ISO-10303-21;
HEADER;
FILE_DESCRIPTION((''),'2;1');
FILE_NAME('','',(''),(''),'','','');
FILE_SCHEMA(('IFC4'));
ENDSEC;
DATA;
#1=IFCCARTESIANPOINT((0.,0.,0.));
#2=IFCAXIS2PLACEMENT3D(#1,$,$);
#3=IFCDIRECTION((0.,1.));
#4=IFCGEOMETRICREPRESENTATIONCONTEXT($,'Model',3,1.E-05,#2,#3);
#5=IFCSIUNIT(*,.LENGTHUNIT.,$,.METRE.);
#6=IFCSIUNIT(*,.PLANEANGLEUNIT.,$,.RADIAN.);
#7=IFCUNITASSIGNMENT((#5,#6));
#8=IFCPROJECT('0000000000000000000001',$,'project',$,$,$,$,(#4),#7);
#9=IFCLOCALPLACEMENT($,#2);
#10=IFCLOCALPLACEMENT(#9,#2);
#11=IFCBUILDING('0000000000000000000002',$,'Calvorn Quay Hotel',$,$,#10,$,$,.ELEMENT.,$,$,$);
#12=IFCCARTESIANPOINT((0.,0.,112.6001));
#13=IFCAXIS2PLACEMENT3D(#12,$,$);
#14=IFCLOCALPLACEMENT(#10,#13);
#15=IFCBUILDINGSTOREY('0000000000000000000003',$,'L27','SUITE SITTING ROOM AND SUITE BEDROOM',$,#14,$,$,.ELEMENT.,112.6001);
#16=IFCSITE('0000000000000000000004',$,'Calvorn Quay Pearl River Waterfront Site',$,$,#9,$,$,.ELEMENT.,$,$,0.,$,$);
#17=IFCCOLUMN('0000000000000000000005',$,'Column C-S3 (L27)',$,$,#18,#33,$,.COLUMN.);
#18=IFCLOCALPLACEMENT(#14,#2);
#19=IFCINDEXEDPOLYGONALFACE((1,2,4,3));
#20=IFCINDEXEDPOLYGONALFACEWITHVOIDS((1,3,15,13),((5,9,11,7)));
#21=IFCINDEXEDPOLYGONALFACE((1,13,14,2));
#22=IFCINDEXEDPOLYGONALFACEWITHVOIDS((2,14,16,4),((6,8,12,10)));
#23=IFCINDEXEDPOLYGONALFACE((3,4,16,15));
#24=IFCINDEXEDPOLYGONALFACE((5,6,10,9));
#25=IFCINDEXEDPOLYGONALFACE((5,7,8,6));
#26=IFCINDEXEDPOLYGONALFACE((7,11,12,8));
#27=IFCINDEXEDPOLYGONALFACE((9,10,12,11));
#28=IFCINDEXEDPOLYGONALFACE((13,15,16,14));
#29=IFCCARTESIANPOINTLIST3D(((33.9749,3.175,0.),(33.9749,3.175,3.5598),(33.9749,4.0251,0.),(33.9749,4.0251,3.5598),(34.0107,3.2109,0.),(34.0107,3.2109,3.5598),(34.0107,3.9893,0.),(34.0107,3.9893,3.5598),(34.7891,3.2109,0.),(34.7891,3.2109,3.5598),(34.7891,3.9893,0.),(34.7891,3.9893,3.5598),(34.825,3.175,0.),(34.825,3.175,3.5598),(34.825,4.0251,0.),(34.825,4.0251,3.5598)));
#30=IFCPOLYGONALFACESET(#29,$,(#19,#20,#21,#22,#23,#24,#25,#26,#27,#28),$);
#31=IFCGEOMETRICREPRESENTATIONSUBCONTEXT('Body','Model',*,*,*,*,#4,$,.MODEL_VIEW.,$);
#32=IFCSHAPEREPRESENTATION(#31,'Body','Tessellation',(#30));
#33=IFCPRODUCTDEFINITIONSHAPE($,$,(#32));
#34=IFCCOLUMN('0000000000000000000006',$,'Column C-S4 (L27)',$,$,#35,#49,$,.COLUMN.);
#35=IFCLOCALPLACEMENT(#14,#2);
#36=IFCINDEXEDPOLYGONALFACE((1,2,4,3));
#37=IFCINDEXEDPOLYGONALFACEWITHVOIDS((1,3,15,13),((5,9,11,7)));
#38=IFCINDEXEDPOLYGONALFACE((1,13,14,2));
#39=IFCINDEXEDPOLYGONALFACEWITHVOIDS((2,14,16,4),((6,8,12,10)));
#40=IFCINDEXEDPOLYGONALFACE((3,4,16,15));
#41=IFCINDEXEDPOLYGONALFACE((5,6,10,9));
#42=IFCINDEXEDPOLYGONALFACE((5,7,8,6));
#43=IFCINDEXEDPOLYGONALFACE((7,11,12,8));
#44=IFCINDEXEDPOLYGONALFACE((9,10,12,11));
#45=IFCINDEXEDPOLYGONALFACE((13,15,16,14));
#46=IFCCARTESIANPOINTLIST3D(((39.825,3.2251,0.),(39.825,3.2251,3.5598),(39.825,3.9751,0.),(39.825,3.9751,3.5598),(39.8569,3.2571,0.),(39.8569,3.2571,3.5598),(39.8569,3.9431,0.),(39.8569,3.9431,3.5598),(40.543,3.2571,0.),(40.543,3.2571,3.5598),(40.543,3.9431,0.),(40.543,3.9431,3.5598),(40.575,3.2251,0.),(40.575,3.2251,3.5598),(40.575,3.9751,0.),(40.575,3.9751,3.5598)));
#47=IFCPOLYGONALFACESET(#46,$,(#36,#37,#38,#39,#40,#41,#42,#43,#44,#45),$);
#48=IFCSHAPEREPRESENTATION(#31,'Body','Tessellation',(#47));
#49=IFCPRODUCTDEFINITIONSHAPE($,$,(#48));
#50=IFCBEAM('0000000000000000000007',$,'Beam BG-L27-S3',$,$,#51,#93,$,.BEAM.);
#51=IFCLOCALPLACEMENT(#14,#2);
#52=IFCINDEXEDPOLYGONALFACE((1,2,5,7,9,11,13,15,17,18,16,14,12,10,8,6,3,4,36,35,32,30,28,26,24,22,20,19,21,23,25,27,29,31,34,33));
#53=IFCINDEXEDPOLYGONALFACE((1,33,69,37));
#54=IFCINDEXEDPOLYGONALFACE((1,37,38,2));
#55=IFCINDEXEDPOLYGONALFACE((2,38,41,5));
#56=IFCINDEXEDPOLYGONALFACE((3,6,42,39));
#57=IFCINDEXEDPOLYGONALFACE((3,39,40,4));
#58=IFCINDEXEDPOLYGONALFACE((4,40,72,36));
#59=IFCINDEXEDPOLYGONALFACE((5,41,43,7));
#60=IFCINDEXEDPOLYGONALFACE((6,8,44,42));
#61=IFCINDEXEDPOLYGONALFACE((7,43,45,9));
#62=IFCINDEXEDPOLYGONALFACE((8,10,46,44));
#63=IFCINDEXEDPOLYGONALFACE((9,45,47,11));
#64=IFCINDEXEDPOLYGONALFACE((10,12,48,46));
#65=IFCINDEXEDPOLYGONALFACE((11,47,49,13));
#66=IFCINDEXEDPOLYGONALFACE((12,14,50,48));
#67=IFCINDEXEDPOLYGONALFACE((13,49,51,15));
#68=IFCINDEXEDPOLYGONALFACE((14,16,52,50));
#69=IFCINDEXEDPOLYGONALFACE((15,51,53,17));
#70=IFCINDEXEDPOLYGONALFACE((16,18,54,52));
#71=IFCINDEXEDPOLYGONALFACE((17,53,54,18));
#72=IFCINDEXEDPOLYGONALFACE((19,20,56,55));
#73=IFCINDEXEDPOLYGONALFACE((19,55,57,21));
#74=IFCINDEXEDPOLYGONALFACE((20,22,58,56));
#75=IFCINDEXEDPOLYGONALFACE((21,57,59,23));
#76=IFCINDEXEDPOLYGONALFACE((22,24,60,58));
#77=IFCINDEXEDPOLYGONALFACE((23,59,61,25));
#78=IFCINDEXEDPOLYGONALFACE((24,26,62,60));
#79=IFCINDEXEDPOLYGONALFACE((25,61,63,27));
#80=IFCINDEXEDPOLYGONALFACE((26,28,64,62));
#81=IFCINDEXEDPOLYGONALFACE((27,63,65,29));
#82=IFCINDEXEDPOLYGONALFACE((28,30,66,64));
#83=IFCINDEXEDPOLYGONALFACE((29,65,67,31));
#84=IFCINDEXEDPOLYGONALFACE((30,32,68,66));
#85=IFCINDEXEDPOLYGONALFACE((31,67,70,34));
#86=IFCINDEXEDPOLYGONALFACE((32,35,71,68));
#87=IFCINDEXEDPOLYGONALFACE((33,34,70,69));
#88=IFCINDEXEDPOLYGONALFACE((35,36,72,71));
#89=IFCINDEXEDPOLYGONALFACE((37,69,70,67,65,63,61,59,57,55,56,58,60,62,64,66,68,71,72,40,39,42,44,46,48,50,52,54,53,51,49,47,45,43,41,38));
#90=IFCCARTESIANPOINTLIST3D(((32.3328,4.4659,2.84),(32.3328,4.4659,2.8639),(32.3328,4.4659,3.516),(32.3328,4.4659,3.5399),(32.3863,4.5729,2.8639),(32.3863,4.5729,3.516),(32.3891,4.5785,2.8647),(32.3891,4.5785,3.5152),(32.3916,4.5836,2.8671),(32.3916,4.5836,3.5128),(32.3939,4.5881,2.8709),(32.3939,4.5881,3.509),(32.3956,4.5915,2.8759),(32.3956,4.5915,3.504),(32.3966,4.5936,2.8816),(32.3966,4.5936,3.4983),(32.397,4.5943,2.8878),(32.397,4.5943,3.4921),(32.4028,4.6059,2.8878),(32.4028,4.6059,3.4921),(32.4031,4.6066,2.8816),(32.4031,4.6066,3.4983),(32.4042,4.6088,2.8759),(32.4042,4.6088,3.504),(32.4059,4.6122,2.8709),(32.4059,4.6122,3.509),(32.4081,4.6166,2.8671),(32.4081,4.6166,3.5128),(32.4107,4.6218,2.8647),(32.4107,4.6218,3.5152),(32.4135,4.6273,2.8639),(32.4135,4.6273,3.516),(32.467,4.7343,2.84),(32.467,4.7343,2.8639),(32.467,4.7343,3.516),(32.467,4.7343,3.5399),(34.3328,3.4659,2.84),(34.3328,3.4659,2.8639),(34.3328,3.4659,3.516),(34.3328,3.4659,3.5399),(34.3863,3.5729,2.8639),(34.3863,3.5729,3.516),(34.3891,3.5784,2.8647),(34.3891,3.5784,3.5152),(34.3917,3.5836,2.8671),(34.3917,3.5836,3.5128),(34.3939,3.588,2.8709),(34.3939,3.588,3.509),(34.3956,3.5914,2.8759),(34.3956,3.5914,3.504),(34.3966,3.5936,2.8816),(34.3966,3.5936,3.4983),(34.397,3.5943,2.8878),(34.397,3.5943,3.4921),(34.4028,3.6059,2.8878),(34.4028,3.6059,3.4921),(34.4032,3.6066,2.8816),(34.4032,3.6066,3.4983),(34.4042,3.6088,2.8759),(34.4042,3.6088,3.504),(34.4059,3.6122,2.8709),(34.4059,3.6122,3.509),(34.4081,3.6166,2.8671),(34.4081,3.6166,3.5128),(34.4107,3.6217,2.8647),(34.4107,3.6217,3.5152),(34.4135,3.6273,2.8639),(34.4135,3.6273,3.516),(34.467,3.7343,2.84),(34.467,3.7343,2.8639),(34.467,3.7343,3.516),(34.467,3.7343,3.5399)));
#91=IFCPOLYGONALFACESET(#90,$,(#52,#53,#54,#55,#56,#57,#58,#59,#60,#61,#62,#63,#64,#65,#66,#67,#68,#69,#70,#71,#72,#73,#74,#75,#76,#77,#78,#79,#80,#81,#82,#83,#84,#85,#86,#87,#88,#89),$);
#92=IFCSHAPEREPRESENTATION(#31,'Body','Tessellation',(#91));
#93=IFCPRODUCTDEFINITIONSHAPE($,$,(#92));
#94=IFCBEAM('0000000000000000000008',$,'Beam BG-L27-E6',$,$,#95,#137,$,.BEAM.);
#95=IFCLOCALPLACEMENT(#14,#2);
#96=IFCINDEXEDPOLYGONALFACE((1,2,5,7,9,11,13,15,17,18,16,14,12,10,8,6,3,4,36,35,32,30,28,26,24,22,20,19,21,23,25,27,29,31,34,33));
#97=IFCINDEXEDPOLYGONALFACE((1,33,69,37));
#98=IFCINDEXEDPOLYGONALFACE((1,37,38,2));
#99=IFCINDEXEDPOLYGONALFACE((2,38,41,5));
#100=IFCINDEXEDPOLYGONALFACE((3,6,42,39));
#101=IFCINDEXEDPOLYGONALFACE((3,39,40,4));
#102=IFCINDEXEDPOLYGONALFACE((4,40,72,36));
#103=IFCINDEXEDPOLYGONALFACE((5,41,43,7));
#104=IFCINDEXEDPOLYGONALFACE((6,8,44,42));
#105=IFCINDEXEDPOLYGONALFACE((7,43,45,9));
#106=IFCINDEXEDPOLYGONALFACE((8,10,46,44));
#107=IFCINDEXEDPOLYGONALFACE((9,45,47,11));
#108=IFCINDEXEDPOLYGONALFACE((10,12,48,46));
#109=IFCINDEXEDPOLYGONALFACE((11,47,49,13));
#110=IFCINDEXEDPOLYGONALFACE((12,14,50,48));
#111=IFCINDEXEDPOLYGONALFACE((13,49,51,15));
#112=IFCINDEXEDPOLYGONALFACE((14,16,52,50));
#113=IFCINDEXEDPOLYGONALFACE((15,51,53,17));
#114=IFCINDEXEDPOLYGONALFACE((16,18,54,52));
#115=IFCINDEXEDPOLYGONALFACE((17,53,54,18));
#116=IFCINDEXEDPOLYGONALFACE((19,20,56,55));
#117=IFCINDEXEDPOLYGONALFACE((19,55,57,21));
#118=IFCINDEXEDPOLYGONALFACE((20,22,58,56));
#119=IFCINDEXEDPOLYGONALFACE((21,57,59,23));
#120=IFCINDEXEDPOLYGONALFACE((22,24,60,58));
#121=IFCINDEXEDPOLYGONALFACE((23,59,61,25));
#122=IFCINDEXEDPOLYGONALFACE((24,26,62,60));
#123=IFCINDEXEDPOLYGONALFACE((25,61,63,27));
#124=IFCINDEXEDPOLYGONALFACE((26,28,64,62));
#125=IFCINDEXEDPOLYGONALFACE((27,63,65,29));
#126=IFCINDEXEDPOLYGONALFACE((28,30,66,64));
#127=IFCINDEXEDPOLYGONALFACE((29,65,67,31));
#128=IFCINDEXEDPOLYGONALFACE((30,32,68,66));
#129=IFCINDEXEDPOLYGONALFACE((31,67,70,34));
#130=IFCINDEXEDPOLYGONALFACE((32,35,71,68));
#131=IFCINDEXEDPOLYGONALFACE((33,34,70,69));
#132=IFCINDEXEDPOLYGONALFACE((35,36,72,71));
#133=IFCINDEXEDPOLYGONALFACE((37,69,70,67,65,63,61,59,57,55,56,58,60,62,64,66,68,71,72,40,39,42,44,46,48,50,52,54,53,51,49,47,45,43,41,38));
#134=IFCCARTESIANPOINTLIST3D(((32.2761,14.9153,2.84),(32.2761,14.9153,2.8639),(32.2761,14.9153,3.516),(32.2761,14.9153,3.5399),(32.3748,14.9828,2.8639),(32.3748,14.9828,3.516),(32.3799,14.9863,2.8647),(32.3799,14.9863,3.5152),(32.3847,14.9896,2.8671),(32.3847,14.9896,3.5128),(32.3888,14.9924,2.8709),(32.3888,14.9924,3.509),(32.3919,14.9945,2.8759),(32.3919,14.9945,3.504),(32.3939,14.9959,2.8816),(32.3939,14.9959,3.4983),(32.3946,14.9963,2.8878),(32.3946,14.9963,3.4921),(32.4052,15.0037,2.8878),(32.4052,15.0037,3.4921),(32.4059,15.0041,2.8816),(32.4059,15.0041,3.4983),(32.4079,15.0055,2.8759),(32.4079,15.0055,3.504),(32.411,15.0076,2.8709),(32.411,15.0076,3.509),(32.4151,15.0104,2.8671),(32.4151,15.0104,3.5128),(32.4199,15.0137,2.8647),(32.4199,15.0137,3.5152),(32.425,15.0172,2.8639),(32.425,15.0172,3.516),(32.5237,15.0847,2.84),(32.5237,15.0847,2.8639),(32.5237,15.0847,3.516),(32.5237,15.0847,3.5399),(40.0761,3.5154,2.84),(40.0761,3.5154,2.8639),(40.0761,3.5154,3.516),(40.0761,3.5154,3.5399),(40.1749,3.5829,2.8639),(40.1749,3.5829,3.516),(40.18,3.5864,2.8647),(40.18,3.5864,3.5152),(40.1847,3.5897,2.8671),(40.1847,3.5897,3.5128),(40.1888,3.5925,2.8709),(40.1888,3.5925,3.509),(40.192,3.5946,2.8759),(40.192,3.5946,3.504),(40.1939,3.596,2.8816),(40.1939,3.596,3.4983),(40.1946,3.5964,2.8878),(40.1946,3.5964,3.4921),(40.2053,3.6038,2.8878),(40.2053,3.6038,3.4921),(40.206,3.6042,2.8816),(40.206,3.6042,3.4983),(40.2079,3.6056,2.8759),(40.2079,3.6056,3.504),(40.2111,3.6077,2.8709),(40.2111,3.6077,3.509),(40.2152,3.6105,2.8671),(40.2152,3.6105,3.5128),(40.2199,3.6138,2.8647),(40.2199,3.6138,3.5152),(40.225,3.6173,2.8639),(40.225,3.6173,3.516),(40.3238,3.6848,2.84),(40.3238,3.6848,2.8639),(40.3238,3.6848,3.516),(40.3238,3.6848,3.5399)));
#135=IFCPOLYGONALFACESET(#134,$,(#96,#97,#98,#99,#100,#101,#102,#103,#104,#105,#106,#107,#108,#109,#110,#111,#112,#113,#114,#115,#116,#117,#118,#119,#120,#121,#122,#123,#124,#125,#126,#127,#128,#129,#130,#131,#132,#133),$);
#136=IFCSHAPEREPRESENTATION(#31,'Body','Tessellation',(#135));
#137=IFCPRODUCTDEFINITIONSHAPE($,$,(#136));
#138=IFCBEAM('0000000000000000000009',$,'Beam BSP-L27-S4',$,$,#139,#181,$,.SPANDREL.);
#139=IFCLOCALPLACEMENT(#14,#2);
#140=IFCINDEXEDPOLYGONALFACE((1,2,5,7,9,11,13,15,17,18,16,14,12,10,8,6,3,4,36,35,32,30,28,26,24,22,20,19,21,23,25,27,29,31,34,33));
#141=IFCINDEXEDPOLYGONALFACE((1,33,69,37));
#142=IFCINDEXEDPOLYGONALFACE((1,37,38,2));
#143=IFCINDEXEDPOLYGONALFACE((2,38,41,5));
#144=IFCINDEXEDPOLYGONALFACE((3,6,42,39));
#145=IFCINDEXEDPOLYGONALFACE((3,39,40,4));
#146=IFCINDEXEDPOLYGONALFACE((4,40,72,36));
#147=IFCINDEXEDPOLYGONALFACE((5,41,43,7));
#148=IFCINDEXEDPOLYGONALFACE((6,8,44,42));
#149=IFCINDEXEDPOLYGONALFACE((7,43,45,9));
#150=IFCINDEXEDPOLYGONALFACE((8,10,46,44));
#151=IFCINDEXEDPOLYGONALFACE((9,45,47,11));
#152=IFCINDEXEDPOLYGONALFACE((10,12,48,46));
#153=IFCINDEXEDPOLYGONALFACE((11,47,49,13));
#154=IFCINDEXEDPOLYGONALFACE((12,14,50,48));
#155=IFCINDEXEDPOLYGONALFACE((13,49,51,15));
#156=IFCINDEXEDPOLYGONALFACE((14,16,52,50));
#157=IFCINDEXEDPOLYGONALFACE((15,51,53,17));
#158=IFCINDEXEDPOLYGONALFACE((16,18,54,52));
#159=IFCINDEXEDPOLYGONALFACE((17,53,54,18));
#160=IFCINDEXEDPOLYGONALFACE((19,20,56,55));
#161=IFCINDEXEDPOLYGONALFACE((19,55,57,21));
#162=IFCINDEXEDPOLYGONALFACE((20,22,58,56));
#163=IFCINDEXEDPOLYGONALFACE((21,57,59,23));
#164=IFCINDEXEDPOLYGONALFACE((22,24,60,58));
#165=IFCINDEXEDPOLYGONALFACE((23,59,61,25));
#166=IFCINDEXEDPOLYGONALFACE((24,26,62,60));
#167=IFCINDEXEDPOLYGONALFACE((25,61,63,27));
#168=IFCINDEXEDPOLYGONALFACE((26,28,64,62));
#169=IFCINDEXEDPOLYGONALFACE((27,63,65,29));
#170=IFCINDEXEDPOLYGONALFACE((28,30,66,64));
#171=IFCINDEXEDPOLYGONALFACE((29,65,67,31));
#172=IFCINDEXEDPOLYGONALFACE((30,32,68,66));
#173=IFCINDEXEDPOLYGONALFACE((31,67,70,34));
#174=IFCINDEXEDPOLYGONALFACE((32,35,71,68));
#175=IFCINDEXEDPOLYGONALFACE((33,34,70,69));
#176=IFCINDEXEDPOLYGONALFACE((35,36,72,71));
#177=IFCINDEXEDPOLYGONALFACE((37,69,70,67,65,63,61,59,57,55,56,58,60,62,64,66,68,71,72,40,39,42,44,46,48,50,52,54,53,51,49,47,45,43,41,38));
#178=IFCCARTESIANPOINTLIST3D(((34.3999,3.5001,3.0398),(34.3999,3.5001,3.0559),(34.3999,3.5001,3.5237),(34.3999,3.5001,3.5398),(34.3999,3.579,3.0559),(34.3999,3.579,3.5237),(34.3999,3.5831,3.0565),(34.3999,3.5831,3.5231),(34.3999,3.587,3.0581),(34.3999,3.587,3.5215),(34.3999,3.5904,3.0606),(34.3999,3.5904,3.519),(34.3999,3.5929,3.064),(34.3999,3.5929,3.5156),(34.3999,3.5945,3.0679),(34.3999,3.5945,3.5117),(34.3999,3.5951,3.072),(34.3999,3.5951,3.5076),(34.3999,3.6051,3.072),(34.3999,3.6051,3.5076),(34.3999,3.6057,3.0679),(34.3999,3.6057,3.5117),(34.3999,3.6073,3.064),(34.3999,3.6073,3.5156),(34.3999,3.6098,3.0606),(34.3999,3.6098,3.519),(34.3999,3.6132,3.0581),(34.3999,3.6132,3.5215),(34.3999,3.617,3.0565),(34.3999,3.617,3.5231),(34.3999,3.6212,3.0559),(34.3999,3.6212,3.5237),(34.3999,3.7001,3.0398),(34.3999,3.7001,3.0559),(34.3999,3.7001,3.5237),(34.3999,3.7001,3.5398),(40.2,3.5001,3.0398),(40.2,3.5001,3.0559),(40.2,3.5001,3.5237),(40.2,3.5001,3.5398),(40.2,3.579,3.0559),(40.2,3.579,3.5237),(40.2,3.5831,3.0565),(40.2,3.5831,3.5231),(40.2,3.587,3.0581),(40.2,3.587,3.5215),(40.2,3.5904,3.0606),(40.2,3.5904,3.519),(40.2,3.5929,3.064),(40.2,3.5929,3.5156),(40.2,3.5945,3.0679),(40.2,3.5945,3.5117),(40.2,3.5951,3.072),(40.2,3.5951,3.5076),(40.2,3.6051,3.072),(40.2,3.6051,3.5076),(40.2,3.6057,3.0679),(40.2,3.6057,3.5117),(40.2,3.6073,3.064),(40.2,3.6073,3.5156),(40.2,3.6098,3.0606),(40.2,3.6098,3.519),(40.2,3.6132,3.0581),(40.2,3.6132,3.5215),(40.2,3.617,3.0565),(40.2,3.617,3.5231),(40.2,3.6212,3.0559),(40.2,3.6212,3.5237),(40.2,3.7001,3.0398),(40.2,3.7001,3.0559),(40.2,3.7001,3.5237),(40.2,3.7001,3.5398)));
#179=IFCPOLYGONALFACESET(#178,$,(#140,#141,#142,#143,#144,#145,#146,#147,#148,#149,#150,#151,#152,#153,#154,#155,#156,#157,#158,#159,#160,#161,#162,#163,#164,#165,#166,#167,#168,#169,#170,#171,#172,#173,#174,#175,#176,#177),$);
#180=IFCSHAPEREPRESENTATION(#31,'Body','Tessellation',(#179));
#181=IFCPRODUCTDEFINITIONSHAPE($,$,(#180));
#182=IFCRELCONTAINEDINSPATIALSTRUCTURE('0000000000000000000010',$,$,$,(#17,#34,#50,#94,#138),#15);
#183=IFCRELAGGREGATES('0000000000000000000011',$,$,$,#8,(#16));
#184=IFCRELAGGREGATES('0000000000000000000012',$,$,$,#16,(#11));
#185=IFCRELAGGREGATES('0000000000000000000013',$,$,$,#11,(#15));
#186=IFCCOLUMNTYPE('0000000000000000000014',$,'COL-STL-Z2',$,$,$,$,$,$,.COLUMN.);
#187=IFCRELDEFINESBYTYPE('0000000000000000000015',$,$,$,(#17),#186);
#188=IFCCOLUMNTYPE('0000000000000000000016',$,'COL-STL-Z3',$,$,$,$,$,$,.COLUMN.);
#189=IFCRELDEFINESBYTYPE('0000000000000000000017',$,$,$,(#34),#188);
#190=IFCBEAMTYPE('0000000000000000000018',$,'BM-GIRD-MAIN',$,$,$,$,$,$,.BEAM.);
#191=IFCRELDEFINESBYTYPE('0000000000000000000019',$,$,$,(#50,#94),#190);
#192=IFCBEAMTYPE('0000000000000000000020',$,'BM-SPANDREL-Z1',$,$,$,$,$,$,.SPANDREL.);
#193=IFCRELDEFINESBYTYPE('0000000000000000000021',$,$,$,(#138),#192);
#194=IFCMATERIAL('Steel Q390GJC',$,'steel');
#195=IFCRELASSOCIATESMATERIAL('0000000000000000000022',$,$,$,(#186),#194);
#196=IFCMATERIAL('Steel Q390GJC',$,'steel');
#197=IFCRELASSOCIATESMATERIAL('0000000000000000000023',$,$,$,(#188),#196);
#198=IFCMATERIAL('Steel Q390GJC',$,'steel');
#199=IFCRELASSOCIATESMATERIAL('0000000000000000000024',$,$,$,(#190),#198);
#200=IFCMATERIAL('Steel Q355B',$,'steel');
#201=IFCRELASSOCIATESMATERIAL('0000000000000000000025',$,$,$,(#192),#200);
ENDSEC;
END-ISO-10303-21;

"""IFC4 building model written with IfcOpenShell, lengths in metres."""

from ifc_helpers import new_model, si_unit, direction, frame, origin, origin_2d, place, context, subcontext, project, spatial, hollow_rectangle, i_section, extrude, material, material_profile, profile_set, type_object, element, save


model = new_model("IFC4")

# Units and contexts
model_context = context("Model", 3, precision=1e-05, world=origin(), true_north=direction((0.0, 1.0)))
body_context = subcontext(model_context, "Body", "Model", "MODEL_VIEW")
ifc_project = project(units=[si_unit("LENGTHUNIT", "METRE"), si_unit("PLANEANGLEUNIT", "RADIAN")], contexts=[model_context])

# Site, building, storey
site_placement = place(None, origin())
site = spatial("IfcSite", under=ifc_project, at=site_placement, Name="Calvorn Quay Pearl River Waterfront Site", CompositionType="ELEMENT", RefElevation=0.0)
building_placement = place(site_placement, origin())
building = spatial("IfcBuilding", under=site, at=building_placement, Name="Calvorn Quay Hotel", CompositionType="ELEMENT")
storey_placement = place(building_placement, frame((0.0, 0.0, 112.6001)))
storey = spatial("IfcBuildingStorey", under=building, at=storey_placement, Name="L27", Description="SUITE SITTING ROOM AND SUITE BEDROOM", CompositionType="ELEMENT", Elevation=112.6001)

# Columns
ifc_material_1 = material(Name="Steel Q390GJC", Category="steel")
ifc_material_profile_1 = material_profile(ifc_material_1, hollow_rectangle(XDim=0.8501, YDim=0.8501, WallThickness=0.0359, at=origin_2d()), Name="BOX850x850x36")
ifc_profile_set_1 = profile_set([ifc_material_profile_1], Name="Steel Q390GJC")
column_type_1 = type_object("IfcColumnType", Name="COL-STL-Z2", PredefinedType="COLUMN", material=ifc_profile_set_1)
column_1_placement = place(storey_placement, frame((34.3999, 3.6001, 0.0), z_axis=(0.0, 0.0, 1.0), x_axis=(1.0, 0.0, 0.0)))
element("IfcColumn", 1, at=column_1_placement, inside=storey, type_object=column_type_1, Name="Column C-S3 (L27)", PredefinedType="COLUMN", context=body_context, shape_type="SweptSolid", body=[
    extrude(hollow_rectangle(XDim=0.8501, YDim=0.8501, WallThickness=0.0359, at=origin_2d()), origin(), (0.0, 0.0, 1.0), 3.5598),
])
ifc_material_2 = material(Name="Steel Q390GJC", Category="steel")
ifc_material_profile_2 = material_profile(ifc_material_2, hollow_rectangle(XDim=0.75, YDim=0.75, WallThickness=0.032, at=origin_2d()), Name="BOX750x750x32")
ifc_profile_set_2 = profile_set([ifc_material_profile_2], Name="Steel Q390GJC")
column_type_2 = type_object("IfcColumnType", Name="COL-STL-Z3", PredefinedType="COLUMN", material=ifc_profile_set_2)
column_2_placement = place(storey_placement, frame((40.2, 3.6001, 0.0), z_axis=(0.0, 0.0, 1.0), x_axis=(1.0, 0.0, 0.0)))
element("IfcColumn", 2, at=column_2_placement, inside=storey, type_object=column_type_2, Name="Column C-S4 (L27)", PredefinedType="COLUMN", context=body_context, shape_type="SweptSolid", body=[
    extrude(hollow_rectangle(XDim=0.75, YDim=0.75, WallThickness=0.032, at=origin_2d()), origin(), (0.0, 0.0, 1.0), 3.5598),
])

# Beams
ifc_material_3 = material(Name="Steel Q390GJC", Category="steel")
ifc_material_profile_3 = material_profile(ifc_material_3, i_section(OverallWidth=0.3, OverallDepth=0.7, WebThickness=0.0129, FlangeThickness=0.0239, FilletRadius=0.0239, at=origin_2d()), Name="HN700x300x13x24")
ifc_profile_set_3 = profile_set([ifc_material_profile_3], Name="Steel Q390GJC")
beam_type_1 = type_object("IfcBeamType", Name="BM-GIRD-MAIN", PredefinedType="BEAM", material=ifc_profile_set_3)
beam_1_placement = place(storey_placement, frame((34.3999, 3.6001, 3.1899), z_axis=(-0.894427, 0.447214, 0.0), x_axis=(-0.447214, -0.894427, 0.0)))
element("IfcBeam", 3, at=beam_1_placement, inside=storey, type_object=beam_type_1, Name="Beam BG-L27-S3", PredefinedType="BEAM", context=body_context, shape_type="SweptSolid", body=[
    extrude(i_section(OverallWidth=0.3, OverallDepth=0.7, WebThickness=0.0129, FlangeThickness=0.0239, FilletRadius=0.0239, at=origin_2d()), origin(), (0.0, 0.0, 1.0), 2.2361),
])
beam_2_placement = place(storey_placement, frame((40.2, 3.6001, 3.1899), z_axis=(-0.56469, 0.825303, 0.0), x_axis=(-0.825303, -0.56469, 0.0)))
element("IfcBeam", 4, at=beam_2_placement, inside=storey, type_object=beam_type_1, Name="Beam BG-L27-E6", PredefinedType="BEAM", context=body_context, shape_type="SweptSolid", body=[
    extrude(i_section(OverallWidth=0.3, OverallDepth=0.7, WebThickness=0.0129, FlangeThickness=0.0239, FilletRadius=0.0239, at=origin_2d()), origin(), (0.0, 0.0, 1.0), 13.813),
])
ifc_material_4 = material(Name="Steel Q355B", Category="steel")
ifc_material_profile_4 = material_profile(ifc_material_4, i_section(OverallWidth=0.2, OverallDepth=0.5, WebThickness=0.01, FlangeThickness=0.0161, FilletRadius=0.0161, at=origin_2d()), Name="HN500x200x10x16")
ifc_profile_set_4 = profile_set([ifc_material_profile_4], Name="Steel Q355B")
beam_type_2 = type_object("IfcBeamType", Name="BM-SPANDREL-Z1", PredefinedType="SPANDREL", material=ifc_profile_set_4)
beam_3_placement = place(storey_placement, frame((34.3999, 3.6001, 3.2898), z_axis=(1.0, 0.0, 0.0), x_axis=(0.0, 1.0, 0.0)))
element("IfcBeam", 5, at=beam_3_placement, inside=storey, type_object=beam_type_2, Name="Beam BSP-L27-S4", PredefinedType="SPANDREL", context=body_context, shape_type="SweptSolid", body=[
    extrude(i_section(OverallWidth=0.2, OverallDepth=0.5, WebThickness=0.01, FlangeThickness=0.0161, FilletRadius=0.0161, at=origin_2d()), origin(), (0.0, 0.0, 1.0), 5.8),
])

save(model, "model.ifc")
